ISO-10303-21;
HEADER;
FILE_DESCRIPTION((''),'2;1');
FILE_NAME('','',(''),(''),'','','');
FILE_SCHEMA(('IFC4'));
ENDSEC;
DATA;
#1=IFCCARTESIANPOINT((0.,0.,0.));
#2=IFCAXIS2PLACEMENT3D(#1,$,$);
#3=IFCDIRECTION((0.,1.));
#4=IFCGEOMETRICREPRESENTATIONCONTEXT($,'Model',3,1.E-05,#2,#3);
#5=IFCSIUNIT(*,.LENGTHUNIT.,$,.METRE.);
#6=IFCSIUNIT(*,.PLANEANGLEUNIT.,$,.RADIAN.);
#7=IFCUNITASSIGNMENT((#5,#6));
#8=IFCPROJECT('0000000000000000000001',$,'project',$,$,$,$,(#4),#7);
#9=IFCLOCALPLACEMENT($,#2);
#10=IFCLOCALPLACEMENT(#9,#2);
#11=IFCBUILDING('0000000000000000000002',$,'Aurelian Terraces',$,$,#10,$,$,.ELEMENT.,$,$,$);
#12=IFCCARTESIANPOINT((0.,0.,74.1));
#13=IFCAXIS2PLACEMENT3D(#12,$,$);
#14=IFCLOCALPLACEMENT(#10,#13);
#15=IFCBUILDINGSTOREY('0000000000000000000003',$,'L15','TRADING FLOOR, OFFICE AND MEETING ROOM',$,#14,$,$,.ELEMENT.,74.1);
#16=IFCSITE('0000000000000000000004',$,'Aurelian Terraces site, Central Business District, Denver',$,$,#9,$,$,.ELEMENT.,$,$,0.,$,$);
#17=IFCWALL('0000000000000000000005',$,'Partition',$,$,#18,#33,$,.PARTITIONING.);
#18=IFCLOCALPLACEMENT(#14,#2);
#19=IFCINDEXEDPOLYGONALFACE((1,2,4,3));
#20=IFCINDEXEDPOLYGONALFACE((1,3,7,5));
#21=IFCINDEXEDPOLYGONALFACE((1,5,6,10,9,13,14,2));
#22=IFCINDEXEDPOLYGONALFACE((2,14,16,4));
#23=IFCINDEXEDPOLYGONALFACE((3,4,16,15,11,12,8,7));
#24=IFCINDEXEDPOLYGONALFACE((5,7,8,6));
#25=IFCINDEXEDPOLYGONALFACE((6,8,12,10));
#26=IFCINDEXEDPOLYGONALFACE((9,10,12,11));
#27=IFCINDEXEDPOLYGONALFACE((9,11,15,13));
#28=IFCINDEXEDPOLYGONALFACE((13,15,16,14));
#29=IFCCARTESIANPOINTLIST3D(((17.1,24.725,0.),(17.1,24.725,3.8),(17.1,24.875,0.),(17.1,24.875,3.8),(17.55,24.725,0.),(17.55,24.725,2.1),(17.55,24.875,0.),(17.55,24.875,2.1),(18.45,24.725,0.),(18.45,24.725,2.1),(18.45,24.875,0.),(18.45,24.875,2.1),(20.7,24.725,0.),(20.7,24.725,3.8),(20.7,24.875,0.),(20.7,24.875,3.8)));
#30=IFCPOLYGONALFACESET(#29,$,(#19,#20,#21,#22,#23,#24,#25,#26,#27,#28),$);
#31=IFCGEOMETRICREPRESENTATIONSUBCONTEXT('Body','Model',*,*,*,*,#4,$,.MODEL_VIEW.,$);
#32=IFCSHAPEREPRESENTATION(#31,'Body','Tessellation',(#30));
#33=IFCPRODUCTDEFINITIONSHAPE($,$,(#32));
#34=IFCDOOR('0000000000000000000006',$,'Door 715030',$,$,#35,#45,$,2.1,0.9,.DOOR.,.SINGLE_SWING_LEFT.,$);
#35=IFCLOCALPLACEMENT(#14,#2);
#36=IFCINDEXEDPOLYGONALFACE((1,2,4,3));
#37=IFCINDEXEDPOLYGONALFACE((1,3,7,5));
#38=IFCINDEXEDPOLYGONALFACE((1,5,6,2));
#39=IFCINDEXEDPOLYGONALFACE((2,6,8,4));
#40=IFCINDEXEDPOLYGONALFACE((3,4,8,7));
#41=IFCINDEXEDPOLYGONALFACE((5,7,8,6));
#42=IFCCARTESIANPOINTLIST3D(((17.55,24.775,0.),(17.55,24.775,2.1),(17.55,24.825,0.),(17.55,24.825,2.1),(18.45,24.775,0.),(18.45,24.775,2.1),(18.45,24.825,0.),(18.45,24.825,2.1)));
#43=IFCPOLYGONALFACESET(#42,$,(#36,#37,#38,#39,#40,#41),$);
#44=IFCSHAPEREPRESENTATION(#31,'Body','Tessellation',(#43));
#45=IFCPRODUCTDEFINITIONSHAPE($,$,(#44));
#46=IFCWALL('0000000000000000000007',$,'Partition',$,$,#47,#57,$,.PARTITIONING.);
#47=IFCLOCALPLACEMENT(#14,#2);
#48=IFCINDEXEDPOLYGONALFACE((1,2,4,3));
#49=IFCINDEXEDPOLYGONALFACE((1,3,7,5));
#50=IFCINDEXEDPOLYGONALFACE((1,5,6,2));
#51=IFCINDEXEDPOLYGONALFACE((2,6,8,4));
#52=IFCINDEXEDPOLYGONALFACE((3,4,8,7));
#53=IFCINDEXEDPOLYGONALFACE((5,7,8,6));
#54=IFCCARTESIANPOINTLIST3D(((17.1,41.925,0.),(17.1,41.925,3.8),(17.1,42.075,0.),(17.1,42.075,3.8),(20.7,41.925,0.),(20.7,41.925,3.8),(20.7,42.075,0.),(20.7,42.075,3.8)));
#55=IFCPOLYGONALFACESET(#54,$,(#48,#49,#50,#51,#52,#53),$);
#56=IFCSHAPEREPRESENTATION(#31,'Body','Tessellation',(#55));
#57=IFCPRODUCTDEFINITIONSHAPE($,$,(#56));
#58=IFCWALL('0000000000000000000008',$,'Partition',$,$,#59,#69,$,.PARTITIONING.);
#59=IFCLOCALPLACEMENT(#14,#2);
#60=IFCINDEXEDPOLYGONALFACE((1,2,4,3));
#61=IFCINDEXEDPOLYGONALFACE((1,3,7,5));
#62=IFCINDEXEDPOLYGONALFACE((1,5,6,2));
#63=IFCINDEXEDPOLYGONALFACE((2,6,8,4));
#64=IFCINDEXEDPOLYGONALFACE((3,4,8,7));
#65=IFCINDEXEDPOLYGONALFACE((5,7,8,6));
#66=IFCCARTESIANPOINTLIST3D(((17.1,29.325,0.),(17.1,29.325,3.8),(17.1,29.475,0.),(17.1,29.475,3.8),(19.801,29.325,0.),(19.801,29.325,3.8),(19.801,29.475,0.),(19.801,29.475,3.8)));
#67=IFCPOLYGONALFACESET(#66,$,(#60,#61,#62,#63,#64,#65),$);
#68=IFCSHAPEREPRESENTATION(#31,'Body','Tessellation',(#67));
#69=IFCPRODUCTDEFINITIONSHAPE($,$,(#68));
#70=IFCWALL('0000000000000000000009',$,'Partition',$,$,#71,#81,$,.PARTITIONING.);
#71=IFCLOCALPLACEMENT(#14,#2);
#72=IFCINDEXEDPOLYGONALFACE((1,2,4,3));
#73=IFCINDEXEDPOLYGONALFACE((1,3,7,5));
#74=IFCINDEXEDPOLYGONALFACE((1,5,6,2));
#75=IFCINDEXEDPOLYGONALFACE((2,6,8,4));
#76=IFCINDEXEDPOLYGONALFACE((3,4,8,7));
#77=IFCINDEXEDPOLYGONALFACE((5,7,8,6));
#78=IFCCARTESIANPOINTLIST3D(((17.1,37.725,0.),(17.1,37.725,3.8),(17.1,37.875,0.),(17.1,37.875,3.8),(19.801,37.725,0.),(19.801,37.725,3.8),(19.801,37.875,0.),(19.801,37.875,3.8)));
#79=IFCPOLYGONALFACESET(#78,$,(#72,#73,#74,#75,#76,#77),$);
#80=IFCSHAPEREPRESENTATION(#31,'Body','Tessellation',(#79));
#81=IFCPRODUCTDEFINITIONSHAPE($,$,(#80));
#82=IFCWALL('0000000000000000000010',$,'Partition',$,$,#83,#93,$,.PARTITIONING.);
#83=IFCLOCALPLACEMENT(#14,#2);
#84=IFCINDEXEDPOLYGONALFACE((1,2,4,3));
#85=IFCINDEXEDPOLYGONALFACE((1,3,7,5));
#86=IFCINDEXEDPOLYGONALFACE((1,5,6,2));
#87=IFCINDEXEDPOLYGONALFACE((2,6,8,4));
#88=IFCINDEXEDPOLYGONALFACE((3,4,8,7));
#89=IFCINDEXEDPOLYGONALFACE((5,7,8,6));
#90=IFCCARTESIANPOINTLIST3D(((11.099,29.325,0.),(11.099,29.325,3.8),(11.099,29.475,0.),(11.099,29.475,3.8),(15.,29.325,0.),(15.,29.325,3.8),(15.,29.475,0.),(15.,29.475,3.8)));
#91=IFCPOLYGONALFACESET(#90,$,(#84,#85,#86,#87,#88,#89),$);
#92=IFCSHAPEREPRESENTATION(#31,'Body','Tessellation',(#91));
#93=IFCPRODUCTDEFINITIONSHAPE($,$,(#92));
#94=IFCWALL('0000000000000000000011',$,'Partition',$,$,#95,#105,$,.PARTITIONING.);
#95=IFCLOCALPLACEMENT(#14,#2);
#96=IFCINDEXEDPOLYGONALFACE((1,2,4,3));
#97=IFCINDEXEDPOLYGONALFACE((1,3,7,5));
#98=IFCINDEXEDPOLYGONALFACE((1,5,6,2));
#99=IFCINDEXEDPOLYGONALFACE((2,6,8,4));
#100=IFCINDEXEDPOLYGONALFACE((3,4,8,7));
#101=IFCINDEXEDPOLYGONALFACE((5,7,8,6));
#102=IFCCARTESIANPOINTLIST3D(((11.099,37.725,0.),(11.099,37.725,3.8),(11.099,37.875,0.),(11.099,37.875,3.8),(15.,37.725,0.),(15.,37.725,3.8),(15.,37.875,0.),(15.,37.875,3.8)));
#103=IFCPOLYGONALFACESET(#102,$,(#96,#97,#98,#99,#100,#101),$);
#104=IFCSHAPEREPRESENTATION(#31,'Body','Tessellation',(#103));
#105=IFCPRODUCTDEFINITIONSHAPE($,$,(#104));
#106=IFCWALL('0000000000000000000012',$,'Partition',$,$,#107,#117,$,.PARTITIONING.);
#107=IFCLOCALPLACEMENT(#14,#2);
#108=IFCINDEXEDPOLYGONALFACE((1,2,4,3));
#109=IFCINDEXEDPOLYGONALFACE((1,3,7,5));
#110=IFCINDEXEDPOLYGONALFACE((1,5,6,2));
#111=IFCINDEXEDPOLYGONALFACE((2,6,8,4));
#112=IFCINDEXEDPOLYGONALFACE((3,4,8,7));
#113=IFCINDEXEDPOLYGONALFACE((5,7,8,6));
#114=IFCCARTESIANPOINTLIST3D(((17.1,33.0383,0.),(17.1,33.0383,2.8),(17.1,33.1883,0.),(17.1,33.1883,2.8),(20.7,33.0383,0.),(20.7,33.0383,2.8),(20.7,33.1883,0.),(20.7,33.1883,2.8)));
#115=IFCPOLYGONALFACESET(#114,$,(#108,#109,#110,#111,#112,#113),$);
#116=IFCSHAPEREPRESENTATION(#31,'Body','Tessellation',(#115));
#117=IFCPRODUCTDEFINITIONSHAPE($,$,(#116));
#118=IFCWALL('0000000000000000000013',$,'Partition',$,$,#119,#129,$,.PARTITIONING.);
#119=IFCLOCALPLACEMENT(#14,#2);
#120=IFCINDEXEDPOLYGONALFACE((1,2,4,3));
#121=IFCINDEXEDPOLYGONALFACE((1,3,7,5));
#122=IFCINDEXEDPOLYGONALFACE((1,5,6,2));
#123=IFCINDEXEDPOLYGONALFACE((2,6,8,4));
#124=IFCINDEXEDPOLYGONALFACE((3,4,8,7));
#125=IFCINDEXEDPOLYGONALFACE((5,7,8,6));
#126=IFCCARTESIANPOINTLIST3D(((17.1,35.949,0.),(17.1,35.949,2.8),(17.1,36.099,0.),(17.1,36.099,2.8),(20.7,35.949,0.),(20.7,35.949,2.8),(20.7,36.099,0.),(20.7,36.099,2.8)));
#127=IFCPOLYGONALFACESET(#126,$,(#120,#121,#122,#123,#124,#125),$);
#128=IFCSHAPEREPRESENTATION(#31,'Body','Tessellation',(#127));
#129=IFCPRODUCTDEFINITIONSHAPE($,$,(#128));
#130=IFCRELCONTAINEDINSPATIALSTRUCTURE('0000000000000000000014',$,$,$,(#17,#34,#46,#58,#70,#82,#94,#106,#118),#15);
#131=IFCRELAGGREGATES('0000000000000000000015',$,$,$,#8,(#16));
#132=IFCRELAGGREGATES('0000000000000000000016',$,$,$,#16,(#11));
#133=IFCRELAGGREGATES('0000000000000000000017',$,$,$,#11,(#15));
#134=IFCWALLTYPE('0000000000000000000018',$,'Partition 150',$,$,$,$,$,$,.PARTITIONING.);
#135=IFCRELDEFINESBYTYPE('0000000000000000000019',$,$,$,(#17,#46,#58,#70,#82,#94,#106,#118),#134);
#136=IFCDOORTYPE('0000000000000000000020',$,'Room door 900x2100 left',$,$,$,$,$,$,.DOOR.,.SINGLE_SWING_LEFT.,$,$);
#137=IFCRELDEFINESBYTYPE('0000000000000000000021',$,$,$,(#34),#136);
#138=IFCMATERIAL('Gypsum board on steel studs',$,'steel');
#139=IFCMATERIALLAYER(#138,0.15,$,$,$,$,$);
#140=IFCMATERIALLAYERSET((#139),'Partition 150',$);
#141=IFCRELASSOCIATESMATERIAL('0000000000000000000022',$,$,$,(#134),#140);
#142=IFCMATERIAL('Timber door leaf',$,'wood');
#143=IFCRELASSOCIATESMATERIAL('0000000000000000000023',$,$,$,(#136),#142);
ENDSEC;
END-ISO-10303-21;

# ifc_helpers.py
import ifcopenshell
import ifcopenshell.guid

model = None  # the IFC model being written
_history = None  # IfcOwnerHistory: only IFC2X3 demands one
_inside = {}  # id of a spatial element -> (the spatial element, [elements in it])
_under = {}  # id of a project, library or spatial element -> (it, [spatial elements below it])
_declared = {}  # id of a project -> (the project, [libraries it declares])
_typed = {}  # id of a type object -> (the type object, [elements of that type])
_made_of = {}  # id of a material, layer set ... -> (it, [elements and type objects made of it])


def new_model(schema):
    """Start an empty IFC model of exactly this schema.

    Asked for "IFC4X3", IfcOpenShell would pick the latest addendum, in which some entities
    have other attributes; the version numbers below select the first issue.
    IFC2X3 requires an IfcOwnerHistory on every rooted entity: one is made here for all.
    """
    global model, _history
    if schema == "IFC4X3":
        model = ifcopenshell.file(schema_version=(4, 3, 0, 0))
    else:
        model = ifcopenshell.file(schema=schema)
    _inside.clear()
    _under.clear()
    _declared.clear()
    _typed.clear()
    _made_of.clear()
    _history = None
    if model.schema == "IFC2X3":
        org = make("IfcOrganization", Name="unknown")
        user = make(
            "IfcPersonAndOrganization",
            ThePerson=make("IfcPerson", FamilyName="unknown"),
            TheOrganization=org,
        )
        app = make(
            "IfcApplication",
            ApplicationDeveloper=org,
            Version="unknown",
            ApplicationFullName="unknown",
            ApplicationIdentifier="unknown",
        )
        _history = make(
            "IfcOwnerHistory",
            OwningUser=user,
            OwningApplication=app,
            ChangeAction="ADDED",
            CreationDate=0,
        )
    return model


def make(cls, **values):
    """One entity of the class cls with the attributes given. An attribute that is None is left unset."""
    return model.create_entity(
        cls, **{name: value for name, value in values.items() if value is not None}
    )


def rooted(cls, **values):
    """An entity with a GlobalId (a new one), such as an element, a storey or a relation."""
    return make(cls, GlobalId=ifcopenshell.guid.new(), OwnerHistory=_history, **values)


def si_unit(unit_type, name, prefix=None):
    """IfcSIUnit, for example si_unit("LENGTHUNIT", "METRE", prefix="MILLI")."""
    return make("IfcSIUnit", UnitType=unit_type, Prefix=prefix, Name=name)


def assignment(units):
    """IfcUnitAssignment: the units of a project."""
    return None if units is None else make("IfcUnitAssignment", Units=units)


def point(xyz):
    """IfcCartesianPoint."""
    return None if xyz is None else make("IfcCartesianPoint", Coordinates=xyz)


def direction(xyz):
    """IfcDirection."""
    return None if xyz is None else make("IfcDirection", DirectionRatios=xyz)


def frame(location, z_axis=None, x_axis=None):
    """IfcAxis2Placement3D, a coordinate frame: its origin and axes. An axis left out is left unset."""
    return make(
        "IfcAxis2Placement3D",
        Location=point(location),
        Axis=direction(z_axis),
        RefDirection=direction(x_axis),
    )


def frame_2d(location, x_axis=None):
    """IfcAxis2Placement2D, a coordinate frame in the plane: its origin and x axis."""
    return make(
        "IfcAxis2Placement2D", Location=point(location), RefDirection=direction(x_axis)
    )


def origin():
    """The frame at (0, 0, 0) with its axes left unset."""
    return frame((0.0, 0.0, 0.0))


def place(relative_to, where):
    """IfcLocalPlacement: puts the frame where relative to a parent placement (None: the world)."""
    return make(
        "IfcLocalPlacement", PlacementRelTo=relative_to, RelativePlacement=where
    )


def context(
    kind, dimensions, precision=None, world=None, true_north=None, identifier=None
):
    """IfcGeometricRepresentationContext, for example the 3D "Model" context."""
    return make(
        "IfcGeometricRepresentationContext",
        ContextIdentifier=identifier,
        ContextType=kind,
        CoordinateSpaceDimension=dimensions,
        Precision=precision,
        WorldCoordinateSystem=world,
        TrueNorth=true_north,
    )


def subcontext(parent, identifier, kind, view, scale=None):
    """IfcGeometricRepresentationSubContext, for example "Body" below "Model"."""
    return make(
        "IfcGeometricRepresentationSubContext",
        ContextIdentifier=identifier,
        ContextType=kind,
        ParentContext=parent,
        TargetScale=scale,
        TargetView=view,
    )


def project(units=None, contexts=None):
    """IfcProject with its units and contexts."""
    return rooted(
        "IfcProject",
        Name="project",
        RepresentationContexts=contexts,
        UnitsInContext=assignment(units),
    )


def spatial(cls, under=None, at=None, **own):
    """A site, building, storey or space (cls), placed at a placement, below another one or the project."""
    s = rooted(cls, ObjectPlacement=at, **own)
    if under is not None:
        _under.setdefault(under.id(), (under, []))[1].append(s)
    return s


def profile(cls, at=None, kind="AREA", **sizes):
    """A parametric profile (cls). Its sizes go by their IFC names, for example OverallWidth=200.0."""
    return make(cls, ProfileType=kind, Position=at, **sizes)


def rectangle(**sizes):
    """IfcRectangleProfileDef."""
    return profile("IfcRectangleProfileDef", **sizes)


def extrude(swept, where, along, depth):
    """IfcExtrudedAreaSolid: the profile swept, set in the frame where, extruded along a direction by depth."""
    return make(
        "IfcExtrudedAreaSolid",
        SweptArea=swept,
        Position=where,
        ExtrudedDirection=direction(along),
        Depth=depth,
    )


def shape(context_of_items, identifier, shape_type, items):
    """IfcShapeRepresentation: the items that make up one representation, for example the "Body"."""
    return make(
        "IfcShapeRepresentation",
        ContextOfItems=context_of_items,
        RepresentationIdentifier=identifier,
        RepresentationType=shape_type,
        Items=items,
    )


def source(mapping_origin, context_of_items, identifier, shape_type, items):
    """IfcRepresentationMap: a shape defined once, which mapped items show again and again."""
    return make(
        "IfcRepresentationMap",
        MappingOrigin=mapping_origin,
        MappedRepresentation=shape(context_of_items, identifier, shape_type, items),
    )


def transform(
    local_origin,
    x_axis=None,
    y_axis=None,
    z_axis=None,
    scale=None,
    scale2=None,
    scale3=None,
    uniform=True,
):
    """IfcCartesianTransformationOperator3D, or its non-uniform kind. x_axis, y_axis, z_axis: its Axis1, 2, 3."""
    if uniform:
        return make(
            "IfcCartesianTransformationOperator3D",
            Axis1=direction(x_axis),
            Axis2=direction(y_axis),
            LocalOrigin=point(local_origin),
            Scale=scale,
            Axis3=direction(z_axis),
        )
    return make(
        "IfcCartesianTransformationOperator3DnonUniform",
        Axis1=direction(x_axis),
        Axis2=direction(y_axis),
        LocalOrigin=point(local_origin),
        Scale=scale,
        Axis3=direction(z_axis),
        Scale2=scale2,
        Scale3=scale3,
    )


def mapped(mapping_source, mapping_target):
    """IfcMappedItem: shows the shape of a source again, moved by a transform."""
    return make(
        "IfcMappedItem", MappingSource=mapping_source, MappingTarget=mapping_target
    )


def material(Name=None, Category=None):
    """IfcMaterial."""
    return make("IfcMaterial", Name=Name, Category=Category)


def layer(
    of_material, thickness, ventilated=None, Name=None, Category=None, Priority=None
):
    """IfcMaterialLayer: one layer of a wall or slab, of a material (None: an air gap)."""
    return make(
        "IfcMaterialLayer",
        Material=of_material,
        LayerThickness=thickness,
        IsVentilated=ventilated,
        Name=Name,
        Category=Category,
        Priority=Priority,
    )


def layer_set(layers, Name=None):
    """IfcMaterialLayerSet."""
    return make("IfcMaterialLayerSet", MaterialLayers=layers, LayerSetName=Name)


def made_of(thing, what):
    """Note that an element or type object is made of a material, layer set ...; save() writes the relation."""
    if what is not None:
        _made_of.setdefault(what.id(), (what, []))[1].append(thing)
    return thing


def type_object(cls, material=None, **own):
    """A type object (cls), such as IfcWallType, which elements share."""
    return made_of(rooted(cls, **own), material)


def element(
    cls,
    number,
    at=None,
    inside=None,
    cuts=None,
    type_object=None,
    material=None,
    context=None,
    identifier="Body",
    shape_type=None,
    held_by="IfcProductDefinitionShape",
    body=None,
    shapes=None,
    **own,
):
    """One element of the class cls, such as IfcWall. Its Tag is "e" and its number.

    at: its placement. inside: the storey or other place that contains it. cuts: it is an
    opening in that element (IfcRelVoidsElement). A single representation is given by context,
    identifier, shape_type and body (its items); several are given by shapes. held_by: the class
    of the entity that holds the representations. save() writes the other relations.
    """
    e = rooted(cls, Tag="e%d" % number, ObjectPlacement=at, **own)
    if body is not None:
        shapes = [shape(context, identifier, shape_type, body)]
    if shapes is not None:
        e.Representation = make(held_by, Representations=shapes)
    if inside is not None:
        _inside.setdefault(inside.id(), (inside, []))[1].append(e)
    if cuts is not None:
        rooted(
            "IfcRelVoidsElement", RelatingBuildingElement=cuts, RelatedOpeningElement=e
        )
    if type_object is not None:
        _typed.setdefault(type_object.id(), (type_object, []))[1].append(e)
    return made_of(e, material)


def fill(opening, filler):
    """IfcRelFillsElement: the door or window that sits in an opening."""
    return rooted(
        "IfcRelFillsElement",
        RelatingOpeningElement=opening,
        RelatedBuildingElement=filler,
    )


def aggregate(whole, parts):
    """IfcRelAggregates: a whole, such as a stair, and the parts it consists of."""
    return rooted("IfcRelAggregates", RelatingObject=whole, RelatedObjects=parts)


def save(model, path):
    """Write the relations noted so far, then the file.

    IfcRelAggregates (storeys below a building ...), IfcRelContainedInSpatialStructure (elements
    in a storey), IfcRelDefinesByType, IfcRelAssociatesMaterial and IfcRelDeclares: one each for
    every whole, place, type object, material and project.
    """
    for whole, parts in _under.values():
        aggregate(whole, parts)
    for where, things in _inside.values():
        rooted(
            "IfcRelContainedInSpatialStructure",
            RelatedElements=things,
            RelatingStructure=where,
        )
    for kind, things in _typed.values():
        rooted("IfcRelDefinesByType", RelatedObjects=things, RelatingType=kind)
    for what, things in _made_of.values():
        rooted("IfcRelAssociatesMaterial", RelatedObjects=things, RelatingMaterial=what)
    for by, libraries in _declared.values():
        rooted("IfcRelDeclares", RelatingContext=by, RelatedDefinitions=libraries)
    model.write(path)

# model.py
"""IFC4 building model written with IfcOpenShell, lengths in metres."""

from ifc_helpers import new_model, si_unit, direction, frame, frame_2d, origin, place, context, subcontext, project, spatial, rectangle, extrude, source, transform, mapped, material, layer, layer_set, type_object, element, fill, save


model = new_model("IFC4")

# Units and contexts
model_context = context("Model", 3, precision=1e-05, world=origin(), true_north=direction((0.0, 1.0)))
body_context = subcontext(model_context, "Body", "Model", "MODEL_VIEW")
ifc_project = project(units=[si_unit("LENGTHUNIT", "METRE"), si_unit("PLANEANGLEUNIT", "RADIAN")], contexts=[model_context])

# Site, building, storey
site_placement = place(None, origin())
site = spatial("IfcSite", under=ifc_project, at=site_placement, Name="Aurelian Terraces site, Central Business District, Denver", CompositionType="ELEMENT", RefElevation=0.0)
building_placement = place(site_placement, origin())
building = spatial("IfcBuilding", under=site, at=building_placement, Name="Aurelian Terraces", CompositionType="ELEMENT")
storey_placement = place(building_placement, frame((0.0, 0.0, 74.1)))
storey = spatial("IfcBuildingStorey", under=building, at=storey_placement, Name="L15", Description="TRADING FLOOR, OFFICE AND MEETING ROOM", CompositionType="ELEMENT", Elevation=74.1)

# Wall, opening, door
ifc_material_1 = material(Name="Gypsum board on steel studs", Category="steel")
shared_shape_1 = source(origin(), body_context, "Body", "SweptSolid", [
    extrude(rectangle(XDim=0.9, YDim=2.1, at=frame_2d((0.45, 1.05))), frame((0.0, 0.085, 0.0), z_axis=(0.0, -1.0, 0.0), x_axis=(1.0, 0.0, 0.0)), (0.0, 0.0, 1.0), 0.17),
])
ifc_material_2 = material(Name="Timber door leaf", Category="wood")
shared_shape_2 = source(origin(), body_context, "Body", "SweptSolid", [
    extrude(rectangle(XDim=0.9, YDim=2.1, at=frame_2d((0.45, 1.05))), frame((0.0, 0.025, 0.0), z_axis=(0.0, -1.0, 0.0), x_axis=(1.0, 0.0, 0.0)), (0.0, 0.0, 1.0), 0.05),
])
ifc_layer_1 = layer(ifc_material_1, 0.15)
ifc_layer_set_1 = layer_set([ifc_layer_1], Name="Partition 150")
wall_type_1 = type_object("IfcWallType", Name="Partition 150", PredefinedType="PARTITIONING", material=ifc_layer_set_1)
shared_shape_3 = source(origin(), body_context, "Body", "SweptSolid", [
    extrude(rectangle(XDim=3.6, YDim=0.15, at=frame_2d((1.8, 0.0))), origin(), (0.0, 0.0, 1.0), 3.8),
])
wall_1_placement = place(storey_placement, frame((17.1, 24.8, 0.0), z_axis=(0.0, 0.0, 1.0), x_axis=(1.0, 0.0, 0.0)))
wall_1 = element("IfcWall", 1, at=wall_1_placement, inside=storey, type_object=wall_type_1, Name="Partition", PredefinedType="PARTITIONING", context=body_context, shape_type="MappedRepresentation", body=[
    mapped(shared_shape_3, transform((0.0, 0.0, 0.0), scale=1.0)),
])
opening_1_placement = place(wall_1_placement, frame((0.45, 0.0, 0.0)))
opening_1 = element("IfcOpeningElement", 2, at=opening_1_placement, cuts=wall_1, PredefinedType="OPENING", context=body_context, shape_type="MappedRepresentation", body=[
    mapped(shared_shape_1, transform((0.0, 0.0, 0.0), scale=1.0)),
])
door_type_1 = type_object("IfcDoorType", Name="Room door 900x2100 left", OperationType="SINGLE_SWING_LEFT", PredefinedType="DOOR", material=ifc_material_2)
door_1_placement = place(opening_1_placement, origin())
door_1 = element("IfcDoor", 3, at=door_1_placement, inside=storey, type_object=door_type_1, Name="Door 715030", OperationType="SINGLE_SWING_LEFT", OverallHeight=2.1, OverallWidth=0.9, PredefinedType="DOOR", context=body_context, shape_type="MappedRepresentation", body=[
    mapped(shared_shape_2, transform((0.0, 0.0, 0.0), scale=1.0)),
])
fill(opening_1, door_1)

# Walls
wall_2_placement = place(storey_placement, frame((17.1, 42.0, 0.0), z_axis=(0.0, 0.0, 1.0), x_axis=(1.0, 0.0, 0.0)))
element("IfcWall", 4, at=wall_2_placement, inside=storey, type_object=wall_type_1, Name="Partition", PredefinedType="PARTITIONING", context=body_context, shape_type="MappedRepresentation", body=[
    mapped(shared_shape_3, transform((0.0, 0.0, 0.0), scale=1.0)),
])
shared_shape_4 = source(origin(), body_context, "Body", "SweptSolid", [
    extrude(rectangle(XDim=2.701, YDim=0.15, at=frame_2d((1.3505, 0.0))), origin(), (0.0, 0.0, 1.0), 3.8),
])
for number, where, z_axis, x_axis, name in (
    (5, (19.801, 29.4, 0.0), (0.0, 0.0, 1.0), (-1.0, 0.0, 0.0), "Partition"),
    (6, (19.801, 37.8, 0.0), (0.0, 0.0, 1.0), (-1.0, 0.0, 0.0), "Partition"),
):
    element("IfcWall", number, at=place(storey_placement, frame(where, z_axis=z_axis, x_axis=x_axis)), inside=storey, type_object=wall_type_1, Name=name, PredefinedType="PARTITIONING", context=body_context, shape_type="MappedRepresentation", body=[
        mapped(shared_shape_4, transform((0.0, 0.0, 0.0), scale=1.0)),
    ])
shared_shape_5 = source(origin(), body_context, "Body", "SweptSolid", [
    extrude(rectangle(XDim=3.901, YDim=0.15, at=frame_2d((1.9505, 0.0))), origin(), (0.0, 0.0, 1.0), 3.8),
])
for number, where, z_axis, x_axis, name in (
    (7, (15.0, 29.4, 0.0), (0.0, 0.0, 1.0), (-1.0, 0.0, 0.0), "Partition"),
    (8, (15.0, 37.8, 0.0), (0.0, 0.0, 1.0), (-1.0, 0.0, 0.0), "Partition"),
):
    element("IfcWall", number, at=place(storey_placement, frame(where, z_axis=z_axis, x_axis=x_axis)), inside=storey, type_object=wall_type_1, Name=name, PredefinedType="PARTITIONING", context=body_context, shape_type="MappedRepresentation", body=[
        mapped(shared_shape_5, transform((0.0, 0.0, 0.0), scale=1.0)),
    ])
shared_shape_6 = source(origin(), body_context, "Body", "SweptSolid", [
    extrude(rectangle(XDim=3.6, YDim=0.15, at=frame_2d((1.8, 0.0))), origin(), (0.0, 0.0, 1.0), 2.8),
])
for number, where, z_axis, x_axis, name in (
    (9, (17.1, 33.1133, 0.0), (0.0, 0.0, 1.0), (1.0, 0.0, 0.0), "Partition"),
    (10, (17.1, 36.024, 0.0), (0.0, 0.0, 1.0), (1.0, 0.0, 0.0), "Partition"),
):
    element("IfcWall", number, at=place(storey_placement, frame(where, z_axis=z_axis, x_axis=x_axis)), inside=storey, type_object=wall_type_1, Name=name, PredefinedType="PARTITIONING", context=body_context, shape_type="MappedRepresentation", body=[
        mapped(shared_shape_6, transform((0.0, 0.0, 0.0), scale=1.0)),
    ])

save(model, "model.ifc")
